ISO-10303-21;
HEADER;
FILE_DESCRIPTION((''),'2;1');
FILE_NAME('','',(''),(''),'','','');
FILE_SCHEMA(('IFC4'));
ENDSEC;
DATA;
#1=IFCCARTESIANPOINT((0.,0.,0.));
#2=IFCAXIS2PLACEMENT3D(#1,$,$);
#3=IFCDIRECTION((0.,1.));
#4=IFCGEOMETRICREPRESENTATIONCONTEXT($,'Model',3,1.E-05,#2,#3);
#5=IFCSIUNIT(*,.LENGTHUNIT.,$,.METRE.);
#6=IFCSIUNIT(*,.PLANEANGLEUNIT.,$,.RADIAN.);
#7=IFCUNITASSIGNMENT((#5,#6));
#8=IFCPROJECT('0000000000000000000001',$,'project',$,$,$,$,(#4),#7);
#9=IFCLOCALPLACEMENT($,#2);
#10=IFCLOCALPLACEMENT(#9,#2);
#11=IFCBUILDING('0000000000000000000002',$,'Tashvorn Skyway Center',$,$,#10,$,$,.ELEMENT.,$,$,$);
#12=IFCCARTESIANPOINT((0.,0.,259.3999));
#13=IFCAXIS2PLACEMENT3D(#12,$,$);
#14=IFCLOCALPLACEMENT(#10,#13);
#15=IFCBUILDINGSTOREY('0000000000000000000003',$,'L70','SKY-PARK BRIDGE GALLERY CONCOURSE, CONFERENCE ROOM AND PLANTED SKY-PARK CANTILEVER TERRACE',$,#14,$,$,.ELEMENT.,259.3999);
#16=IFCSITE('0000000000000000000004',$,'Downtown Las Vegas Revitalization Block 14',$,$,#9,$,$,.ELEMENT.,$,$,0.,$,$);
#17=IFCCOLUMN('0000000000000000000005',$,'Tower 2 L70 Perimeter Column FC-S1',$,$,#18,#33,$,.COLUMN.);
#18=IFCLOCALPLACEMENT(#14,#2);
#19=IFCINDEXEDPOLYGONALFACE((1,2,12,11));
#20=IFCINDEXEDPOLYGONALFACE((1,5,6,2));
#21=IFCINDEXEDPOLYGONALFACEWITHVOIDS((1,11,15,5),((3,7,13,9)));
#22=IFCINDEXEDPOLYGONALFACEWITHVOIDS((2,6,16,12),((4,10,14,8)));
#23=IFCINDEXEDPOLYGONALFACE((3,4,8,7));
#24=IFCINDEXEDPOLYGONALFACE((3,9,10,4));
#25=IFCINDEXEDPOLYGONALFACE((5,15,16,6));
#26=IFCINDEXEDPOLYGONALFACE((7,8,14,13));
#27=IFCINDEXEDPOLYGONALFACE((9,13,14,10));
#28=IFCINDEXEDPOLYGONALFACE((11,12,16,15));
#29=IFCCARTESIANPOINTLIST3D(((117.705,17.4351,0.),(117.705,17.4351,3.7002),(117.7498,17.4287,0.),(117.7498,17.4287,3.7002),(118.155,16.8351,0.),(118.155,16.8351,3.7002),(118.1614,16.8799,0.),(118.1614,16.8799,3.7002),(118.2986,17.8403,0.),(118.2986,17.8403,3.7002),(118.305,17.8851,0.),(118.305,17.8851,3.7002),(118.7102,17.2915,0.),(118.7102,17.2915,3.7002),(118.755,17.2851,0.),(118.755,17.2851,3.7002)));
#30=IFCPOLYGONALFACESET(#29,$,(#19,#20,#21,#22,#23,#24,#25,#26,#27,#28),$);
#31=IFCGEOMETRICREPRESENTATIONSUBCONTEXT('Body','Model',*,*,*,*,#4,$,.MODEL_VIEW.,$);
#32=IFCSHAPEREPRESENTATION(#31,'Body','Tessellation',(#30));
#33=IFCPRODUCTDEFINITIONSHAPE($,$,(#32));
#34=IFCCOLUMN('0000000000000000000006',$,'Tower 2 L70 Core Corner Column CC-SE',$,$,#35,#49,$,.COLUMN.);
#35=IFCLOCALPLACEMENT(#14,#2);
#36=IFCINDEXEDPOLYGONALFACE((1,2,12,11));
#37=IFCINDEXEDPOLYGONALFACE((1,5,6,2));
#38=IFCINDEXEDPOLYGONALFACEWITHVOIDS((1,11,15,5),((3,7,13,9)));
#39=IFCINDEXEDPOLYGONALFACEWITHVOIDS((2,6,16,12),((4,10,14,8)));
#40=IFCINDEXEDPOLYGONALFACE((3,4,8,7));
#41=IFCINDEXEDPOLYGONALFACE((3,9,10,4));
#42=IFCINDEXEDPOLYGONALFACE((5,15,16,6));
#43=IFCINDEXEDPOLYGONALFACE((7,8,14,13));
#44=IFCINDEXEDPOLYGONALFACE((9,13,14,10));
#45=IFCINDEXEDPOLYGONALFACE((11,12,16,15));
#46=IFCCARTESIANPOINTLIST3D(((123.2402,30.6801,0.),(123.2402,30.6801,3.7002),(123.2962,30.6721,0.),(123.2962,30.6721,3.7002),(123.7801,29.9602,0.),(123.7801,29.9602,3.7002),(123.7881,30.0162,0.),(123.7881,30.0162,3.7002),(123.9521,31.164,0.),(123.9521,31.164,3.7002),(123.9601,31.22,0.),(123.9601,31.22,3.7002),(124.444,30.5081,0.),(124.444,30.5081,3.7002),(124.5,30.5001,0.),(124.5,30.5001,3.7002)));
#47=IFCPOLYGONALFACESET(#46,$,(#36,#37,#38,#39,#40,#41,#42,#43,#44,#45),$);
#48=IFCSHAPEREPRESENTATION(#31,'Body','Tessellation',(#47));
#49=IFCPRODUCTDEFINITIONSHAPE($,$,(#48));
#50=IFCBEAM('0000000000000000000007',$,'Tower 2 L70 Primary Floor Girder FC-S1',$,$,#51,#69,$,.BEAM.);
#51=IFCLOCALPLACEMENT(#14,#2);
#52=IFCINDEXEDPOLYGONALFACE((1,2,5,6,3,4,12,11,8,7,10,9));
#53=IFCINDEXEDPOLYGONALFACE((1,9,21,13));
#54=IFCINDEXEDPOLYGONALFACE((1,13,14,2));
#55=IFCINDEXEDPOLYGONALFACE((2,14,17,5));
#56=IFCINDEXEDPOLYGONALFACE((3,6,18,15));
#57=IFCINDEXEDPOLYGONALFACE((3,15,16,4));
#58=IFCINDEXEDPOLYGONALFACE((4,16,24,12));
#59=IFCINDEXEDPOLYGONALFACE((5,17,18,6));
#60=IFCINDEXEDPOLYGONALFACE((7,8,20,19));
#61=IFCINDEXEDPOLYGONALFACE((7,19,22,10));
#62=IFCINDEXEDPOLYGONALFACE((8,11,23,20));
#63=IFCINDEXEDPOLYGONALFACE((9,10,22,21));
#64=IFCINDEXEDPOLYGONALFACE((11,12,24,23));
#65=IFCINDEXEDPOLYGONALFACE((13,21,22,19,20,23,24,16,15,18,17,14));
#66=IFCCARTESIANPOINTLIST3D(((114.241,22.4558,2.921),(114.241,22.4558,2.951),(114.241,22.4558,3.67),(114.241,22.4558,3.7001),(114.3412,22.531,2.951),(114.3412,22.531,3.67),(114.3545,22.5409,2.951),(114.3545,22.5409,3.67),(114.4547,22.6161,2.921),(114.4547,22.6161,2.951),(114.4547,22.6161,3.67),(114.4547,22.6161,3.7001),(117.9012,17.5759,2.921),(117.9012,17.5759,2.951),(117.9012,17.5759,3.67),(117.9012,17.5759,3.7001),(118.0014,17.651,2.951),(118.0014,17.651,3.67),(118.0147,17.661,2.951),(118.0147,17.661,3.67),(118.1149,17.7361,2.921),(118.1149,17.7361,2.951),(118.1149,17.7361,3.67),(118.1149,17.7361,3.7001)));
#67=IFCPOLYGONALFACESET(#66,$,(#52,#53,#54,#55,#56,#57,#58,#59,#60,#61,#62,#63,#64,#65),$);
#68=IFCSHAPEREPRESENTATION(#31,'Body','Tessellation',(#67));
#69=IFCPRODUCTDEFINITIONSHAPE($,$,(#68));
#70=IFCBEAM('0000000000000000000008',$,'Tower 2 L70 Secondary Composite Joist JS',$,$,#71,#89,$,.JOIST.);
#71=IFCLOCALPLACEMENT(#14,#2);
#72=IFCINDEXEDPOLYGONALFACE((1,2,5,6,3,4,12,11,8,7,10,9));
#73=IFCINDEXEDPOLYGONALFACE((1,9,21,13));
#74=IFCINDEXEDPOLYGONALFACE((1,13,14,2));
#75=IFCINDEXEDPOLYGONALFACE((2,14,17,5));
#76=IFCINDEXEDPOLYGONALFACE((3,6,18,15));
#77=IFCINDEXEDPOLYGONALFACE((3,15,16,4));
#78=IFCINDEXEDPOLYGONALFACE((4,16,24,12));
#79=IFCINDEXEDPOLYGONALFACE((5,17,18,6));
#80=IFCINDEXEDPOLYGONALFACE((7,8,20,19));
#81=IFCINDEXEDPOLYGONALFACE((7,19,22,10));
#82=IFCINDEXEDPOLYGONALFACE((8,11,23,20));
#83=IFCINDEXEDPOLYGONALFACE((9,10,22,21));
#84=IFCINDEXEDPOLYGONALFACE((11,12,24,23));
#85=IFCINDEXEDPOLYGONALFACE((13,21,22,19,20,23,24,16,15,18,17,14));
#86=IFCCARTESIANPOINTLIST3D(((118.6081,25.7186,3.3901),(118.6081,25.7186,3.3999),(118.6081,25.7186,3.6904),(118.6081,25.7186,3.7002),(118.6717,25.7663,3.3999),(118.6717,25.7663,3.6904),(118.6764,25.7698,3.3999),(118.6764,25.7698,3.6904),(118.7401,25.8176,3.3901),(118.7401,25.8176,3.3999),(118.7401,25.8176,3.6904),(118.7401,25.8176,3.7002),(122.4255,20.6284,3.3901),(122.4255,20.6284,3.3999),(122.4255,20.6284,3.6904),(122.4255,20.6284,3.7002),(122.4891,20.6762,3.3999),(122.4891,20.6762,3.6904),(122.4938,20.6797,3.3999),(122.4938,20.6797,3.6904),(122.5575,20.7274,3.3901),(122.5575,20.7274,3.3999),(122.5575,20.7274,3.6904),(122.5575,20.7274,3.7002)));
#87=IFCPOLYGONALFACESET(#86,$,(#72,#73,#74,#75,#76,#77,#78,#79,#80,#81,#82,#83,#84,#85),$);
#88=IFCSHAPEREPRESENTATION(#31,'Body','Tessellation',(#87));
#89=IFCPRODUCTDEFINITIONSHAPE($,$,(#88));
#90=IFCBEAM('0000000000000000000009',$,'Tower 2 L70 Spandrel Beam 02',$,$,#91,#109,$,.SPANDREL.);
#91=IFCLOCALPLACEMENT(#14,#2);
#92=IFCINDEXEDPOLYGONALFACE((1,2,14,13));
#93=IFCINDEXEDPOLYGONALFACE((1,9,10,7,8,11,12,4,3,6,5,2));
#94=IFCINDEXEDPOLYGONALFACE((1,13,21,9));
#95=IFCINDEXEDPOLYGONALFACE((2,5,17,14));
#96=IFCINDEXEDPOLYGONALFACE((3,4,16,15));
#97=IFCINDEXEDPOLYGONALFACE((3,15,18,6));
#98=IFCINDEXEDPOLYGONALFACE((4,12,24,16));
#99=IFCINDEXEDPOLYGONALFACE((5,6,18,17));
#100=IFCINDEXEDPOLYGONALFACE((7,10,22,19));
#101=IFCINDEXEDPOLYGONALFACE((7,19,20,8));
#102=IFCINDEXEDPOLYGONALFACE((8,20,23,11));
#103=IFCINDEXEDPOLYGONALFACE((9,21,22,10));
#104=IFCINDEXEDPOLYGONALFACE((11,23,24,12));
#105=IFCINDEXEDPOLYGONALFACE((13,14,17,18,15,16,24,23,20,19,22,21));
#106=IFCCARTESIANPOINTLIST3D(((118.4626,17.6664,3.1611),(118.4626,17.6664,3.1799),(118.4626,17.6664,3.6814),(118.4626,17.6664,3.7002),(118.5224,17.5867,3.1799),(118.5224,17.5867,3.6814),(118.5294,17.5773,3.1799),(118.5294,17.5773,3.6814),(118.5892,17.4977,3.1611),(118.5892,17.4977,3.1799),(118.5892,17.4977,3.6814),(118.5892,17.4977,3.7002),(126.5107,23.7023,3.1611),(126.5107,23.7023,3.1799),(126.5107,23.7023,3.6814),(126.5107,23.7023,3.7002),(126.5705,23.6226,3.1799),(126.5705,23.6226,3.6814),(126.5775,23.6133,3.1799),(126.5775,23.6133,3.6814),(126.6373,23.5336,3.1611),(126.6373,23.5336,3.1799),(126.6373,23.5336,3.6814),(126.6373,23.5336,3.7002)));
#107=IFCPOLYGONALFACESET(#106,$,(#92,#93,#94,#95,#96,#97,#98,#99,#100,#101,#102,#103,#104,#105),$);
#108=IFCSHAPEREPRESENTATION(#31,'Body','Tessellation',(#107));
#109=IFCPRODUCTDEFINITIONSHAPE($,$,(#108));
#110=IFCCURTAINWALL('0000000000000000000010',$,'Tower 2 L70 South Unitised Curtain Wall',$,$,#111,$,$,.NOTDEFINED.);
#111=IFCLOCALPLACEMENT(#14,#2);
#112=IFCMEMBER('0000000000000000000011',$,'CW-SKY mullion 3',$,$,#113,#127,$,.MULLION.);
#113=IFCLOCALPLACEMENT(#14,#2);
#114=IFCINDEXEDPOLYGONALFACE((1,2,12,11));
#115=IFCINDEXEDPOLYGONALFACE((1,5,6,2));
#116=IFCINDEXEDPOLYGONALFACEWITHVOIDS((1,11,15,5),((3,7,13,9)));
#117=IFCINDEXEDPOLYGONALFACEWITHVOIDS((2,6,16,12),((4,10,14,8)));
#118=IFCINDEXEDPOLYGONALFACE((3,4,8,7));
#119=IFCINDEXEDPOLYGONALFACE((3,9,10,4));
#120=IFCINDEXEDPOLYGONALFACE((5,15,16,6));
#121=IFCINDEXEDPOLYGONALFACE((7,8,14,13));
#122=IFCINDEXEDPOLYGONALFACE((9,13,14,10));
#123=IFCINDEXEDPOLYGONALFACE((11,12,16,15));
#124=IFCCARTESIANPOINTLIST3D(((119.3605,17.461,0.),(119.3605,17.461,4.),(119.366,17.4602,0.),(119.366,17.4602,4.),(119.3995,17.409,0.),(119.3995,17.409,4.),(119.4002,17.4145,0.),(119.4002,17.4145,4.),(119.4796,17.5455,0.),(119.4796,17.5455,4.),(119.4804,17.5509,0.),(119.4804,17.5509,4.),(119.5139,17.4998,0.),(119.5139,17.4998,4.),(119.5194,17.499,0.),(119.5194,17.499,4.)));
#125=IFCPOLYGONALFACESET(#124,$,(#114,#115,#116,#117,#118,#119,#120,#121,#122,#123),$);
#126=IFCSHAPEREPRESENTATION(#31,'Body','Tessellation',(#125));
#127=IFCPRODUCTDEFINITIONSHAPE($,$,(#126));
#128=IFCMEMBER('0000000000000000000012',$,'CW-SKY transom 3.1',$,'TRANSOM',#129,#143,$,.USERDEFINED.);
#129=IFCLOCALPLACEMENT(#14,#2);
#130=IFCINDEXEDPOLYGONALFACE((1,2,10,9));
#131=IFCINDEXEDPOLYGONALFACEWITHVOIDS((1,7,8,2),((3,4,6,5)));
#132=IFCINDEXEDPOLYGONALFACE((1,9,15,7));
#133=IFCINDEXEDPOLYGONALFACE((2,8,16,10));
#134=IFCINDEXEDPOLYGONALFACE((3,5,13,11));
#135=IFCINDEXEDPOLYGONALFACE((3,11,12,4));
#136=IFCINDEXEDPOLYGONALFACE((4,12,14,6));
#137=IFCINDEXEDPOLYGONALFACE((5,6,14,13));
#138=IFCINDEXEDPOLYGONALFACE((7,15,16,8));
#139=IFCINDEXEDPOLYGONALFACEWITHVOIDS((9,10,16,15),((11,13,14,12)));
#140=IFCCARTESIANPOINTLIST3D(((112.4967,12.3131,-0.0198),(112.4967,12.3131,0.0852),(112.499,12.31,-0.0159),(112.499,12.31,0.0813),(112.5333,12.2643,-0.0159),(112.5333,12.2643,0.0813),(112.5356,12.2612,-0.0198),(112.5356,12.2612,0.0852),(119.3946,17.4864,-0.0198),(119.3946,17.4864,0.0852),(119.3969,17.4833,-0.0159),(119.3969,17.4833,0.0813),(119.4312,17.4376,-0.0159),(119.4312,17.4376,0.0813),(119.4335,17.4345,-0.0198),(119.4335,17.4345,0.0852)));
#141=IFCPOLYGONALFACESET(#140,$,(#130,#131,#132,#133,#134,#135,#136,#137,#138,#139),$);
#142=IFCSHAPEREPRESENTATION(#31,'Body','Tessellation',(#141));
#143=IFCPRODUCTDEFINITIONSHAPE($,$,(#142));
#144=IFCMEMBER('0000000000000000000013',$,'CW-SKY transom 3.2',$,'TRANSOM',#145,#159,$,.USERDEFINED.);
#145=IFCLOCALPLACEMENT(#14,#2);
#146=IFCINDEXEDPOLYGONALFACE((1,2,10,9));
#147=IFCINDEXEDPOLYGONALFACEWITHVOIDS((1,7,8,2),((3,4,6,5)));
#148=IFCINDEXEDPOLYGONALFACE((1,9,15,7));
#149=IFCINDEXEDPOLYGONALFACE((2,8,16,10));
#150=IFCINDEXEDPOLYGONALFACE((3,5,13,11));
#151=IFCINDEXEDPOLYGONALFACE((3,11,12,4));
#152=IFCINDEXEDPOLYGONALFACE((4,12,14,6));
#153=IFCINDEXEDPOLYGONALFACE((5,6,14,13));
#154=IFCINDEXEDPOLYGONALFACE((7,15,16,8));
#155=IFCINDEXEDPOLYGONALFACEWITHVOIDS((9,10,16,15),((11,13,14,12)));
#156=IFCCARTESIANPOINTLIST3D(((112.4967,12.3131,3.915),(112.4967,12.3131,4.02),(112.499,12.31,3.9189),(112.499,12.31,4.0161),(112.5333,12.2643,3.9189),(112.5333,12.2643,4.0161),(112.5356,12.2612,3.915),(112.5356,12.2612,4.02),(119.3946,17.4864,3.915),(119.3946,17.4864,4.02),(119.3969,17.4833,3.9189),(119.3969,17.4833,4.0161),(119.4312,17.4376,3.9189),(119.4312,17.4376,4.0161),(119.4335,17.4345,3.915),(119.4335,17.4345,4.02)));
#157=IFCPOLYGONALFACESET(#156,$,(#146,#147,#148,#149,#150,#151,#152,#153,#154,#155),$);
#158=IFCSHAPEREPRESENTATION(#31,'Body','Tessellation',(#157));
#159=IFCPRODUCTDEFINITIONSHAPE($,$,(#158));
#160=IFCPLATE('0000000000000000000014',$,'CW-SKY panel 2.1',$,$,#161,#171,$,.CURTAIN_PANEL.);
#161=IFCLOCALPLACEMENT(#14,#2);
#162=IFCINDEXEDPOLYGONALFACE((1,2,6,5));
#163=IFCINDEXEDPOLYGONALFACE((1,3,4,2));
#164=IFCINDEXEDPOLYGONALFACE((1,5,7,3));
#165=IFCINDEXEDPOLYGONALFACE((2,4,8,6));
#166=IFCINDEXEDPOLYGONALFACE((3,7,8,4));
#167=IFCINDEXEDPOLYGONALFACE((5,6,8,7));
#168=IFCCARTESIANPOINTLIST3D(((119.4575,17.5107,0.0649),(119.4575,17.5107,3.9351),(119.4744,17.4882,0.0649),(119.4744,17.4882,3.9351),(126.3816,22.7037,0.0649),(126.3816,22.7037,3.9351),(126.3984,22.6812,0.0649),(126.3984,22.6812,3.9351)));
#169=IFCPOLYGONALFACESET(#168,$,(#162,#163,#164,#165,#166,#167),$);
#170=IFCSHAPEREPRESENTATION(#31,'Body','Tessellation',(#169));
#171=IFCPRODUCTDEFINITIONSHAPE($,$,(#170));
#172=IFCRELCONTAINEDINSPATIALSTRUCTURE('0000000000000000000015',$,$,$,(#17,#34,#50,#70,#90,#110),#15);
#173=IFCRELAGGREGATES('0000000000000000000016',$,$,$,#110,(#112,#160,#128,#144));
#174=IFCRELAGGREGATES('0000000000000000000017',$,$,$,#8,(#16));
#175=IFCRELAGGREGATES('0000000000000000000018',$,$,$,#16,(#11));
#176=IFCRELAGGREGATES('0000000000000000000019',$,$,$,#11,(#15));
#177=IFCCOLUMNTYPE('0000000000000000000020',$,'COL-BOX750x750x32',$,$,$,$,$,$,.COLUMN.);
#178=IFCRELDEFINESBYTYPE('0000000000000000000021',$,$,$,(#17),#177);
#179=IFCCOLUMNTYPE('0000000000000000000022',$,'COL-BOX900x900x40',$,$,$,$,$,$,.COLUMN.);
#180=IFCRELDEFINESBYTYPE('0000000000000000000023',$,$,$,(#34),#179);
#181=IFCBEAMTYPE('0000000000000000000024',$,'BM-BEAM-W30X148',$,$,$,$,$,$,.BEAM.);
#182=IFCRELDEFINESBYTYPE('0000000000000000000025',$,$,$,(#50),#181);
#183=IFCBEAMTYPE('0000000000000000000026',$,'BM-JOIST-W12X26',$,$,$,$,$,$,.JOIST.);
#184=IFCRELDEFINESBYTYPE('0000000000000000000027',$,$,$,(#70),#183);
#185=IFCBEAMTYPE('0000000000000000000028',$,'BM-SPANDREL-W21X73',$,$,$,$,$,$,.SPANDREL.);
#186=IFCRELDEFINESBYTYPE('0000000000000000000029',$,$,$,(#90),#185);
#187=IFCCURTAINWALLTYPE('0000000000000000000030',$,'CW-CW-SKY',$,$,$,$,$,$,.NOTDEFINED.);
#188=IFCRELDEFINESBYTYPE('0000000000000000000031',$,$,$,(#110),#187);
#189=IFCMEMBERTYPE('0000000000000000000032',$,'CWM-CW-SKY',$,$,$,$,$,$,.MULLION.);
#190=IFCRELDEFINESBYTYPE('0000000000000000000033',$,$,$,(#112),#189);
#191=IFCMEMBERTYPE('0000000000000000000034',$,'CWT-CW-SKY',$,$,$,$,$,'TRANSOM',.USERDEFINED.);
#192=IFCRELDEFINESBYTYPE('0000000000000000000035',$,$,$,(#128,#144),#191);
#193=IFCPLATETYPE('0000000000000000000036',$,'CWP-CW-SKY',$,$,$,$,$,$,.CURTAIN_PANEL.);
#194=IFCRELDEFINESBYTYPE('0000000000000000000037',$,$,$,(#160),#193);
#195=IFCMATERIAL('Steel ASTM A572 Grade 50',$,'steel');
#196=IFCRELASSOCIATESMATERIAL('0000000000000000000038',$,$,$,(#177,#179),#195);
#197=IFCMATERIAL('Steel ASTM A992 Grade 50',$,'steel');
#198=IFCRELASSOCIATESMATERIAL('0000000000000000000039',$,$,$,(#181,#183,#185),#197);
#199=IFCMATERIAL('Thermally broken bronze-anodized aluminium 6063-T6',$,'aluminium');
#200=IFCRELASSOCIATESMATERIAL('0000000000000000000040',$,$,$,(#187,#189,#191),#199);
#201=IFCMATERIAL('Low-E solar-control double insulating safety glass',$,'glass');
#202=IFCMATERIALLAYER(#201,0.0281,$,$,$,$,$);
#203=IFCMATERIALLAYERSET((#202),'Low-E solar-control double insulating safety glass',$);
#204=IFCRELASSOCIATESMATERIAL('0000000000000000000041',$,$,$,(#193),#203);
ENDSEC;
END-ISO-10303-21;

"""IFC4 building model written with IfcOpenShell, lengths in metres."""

from ifc_helpers import new_model, si_unit, direction, frame, origin, origin_2d, place, context, subcontext, project, spatial, rectangle, hollow_rectangle, i_section, extrude, material, layer, layer_set, material_profile, profile_set, type_object, element, aggregate, save


model = new_model("IFC4")

# Units and contexts
model_context = context("Model", 3, precision=1e-05, world=origin(), true_north=direction((0.0, 1.0)))
body_context = subcontext(model_context, "Body", "Model", "MODEL_VIEW")
ifc_project = project(units=[si_unit("LENGTHUNIT", "METRE"), si_unit("PLANEANGLEUNIT", "RADIAN")], contexts=[model_context])

# Site, building, storey
site_placement = place(None, origin())
site = spatial("IfcSite", under=ifc_project, at=site_placement, Name="Downtown Las Vegas Revitalization Block 14", CompositionType="ELEMENT", RefElevation=0.0)
building_placement = place(site_placement, origin())
building = spatial("IfcBuilding", under=site, at=building_placement, Name="Tashvorn Skyway Center", CompositionType="ELEMENT")
storey_placement = place(building_placement, frame((0.0, 0.0, 259.3999)))
storey = spatial("IfcBuildingStorey", under=building, at=storey_placement, Name="L70", Description="SKY-PARK BRIDGE GALLERY CONCOURSE, CONFERENCE ROOM AND PLANTED SKY-PARK CANTILEVER TERRACE", CompositionType="ELEMENT", Elevation=259.3999)

# Columns
ifc_material_1 = material(Name="Steel ASTM A572 Grade 50", Category="steel")
ifc_material_profile_1 = material_profile(ifc_material_1, hollow_rectangle(XDim=0.75, YDim=0.75, WallThickness=0.032, at=origin_2d()), Name="BOX750x750x32")
ifc_profile_set_1 = profile_set([ifc_material_profile_1], Name="Steel ASTM A572 Grade 50")
column_type_1 = type_object("IfcColumnType", Name="COL-BOX750x750x32", PredefinedType="COLUMN", material=ifc_profile_set_1)
column_1_placement = place(storey_placement, frame((118.23, 17.3601, 0.0), z_axis=(0.0, 0.0, 1.0), x_axis=(0.8, 0.6, 0.0)))
element("IfcColumn", 1, at=column_1_placement, inside=storey, type_object=column_type_1, Name="Tower 2 L70 Perimeter Column FC-S1", PredefinedType="COLUMN", context=body_context, shape_type="SweptSolid", body=[
    extrude(hollow_rectangle(XDim=0.75, YDim=0.75, WallThickness=0.032, at=origin_2d()), origin(), (0.0, 0.0, 1.0), 3.7002),
])
ifc_material_profile_2 = material_profile(ifc_material_1, hollow_rectangle(XDim=0.8999, YDim=0.8999, WallThickness=0.04, at=origin_2d()), Name="BOX900x900x40")
ifc_profile_set_2 = profile_set([ifc_material_profile_2], Name="Steel ASTM A572 Grade 50")
column_type_2 = type_object("IfcColumnType", Name="COL-BOX900x900x40", PredefinedType="COLUMN", material=ifc_profile_set_2)
column_2_placement = place(storey_placement, frame((123.8701, 30.5901, 0.0), z_axis=(0.0, 0.0, 1.0), x_axis=(0.8, 0.6, 0.0)))
element("IfcColumn", 2, at=column_2_placement, inside=storey, type_object=column_type_2, Name="Tower 2 L70 Core Corner Column CC-SE", PredefinedType="COLUMN", context=body_context, shape_type="SweptSolid", body=[
    extrude(hollow_rectangle(XDim=0.8999, YDim=0.8999, WallThickness=0.04, at=origin_2d()), origin(), (0.0, 0.0, 1.0), 3.7002),
])

# Beams
ifc_material_2 = material(Name="Steel ASTM A992 Grade 50", Category="steel")
ifc_material_profile_3 = material_profile(ifc_material_2, i_section(OverallWidth=0.2671, OverallDepth=0.7791, WebThickness=0.0166, FlangeThickness=0.03, at=origin_2d()), Name="W30X148")
ifc_profile_set_3 = profile_set([ifc_material_profile_3], Name="Steel ASTM A992 Grade 50")
beam_type_1 = type_object("IfcBeamType", Name="BM-BEAM-W30X148", PredefinedType="BEAM", material=ifc_profile_set_3)
beam_1_placement = place(storey_placement, frame((118.0081, 17.656, 3.3105), z_axis=(-0.600026, 0.799981, 0.0), x_axis=(-0.799981, -0.600026, 0.0)))
element("IfcBeam", 3, at=beam_1_placement, inside=storey, type_object=beam_type_1, Name="Tower 2 L70 Primary Floor Girder FC-S1", PredefinedType="BEAM", context=body_context, shape_type="SweptSolid", body=[
    extrude(i_section(OverallWidth=0.2671, OverallDepth=0.7791, WebThickness=0.0166, FlangeThickness=0.03, at=origin_2d()), origin(), (0.0, 0.0, 1.0), 6.1001),
])
ifc_material_profile_4 = material_profile(ifc_material_2, i_section(OverallWidth=0.165, OverallDepth=0.3101, WebThickness=0.0059, FlangeThickness=0.0098, at=origin_2d()), Name="W12X26")
ifc_profile_set_4 = profile_set([ifc_material_profile_4], Name="Steel ASTM A992 Grade 50")
beam_type_2 = type_object("IfcBeamType", Name="BM-JOIST-W12X26", PredefinedType="JOIST", material=ifc_profile_set_4)
beam_2_placement = place(storey_placement, frame((118.6741, 25.7681, 3.5452), z_axis=(0.599982, -0.800014, 0.0), x_axis=(0.800014, 0.599982, 0.0)))
element("IfcBeam", 4, at=beam_2_placement, inside=storey, type_object=beam_type_2, Name="Tower 2 L70 Secondary Composite Joist JS", PredefinedType="JOIST", context=body_context, shape_type="SweptSolid", body=[
    extrude(i_section(OverallWidth=0.165, OverallDepth=0.3101, WebThickness=0.0059, FlangeThickness=0.0098, at=origin_2d()), origin(), (0.0, 0.0, 1.0), 6.3625),
])
ifc_material_profile_5 = material_profile(ifc_material_2, i_section(OverallWidth=0.2109, OverallDepth=0.5391, WebThickness=0.0117, FlangeThickness=0.0188, at=origin_2d()), Name="W21X73")
ifc_profile_set_5 = profile_set([ifc_material_profile_5], Name="Steel ASTM A992 Grade 50")
beam_type_3 = type_object("IfcBeamType", Name="BM-SPANDREL-W21X73", PredefinedType="SPANDREL", material=ifc_profile_set_5)
beam_3_placement = place(storey_placement, frame((118.5259, 17.582, 3.4307), z_axis=(0.800009, 0.599988, 0.0), x_axis=(-0.599988, 0.800009, 0.0)))
element("IfcBeam", 5, at=beam_3_placement, inside=storey, type_object=beam_type_3, Name="Tower 2 L70 Spandrel Beam 02", PredefinedType="SPANDREL", context=body_context, shape_type="SweptSolid", body=[
    extrude(i_section(OverallWidth=0.2109, OverallDepth=0.5391, WebThickness=0.0117, FlangeThickness=0.0188, at=origin_2d()), origin(), (0.0, 0.0, 1.0), 10.0601),
])

# Curtain wall, members, plate
ifc_material_3 = material(Name="Thermally broken bronze-anodized aluminium 6063-T6", Category="aluminium")
curtain_wall_type = type_object("IfcCurtainWallType", Name="CW-CW-SKY", PredefinedType="NOTDEFINED", material=ifc_material_3)
curtain_wall_placement = place(storey_placement, origin())
curtain_wall = element("IfcCurtainWall", 6, at=curtain_wall_placement, inside=storey, type_object=curtain_wall_type, Name="Tower 2 L70 South Unitised Curtain Wall", PredefinedType="NOTDEFINED")
ifc_material_profile_6 = material_profile(ifc_material_3, hollow_rectangle(XDim=0.0649, YDim=0.1499, WallThickness=0.0039, at=origin_2d()), Name="ALU-MULL-65x150")
ifc_profile_set_6 = profile_set([ifc_material_profile_6], Name="Thermally broken bronze-anodized aluminium 6063-T6")
member_type_1 = type_object("IfcMemberType", Name="CWM-CW-SKY", PredefinedType="MULLION", material=ifc_profile_set_6)
member_1_placement = place(storey_placement, frame((119.4399, 17.48, 0.0), z_axis=(0.0, 0.0, 1.0), x_axis=(0.6, -0.8, 0.0)))
member_1 = element("IfcMember", 7, at=member_1_placement, type_object=member_type_1, Name="CW-SKY mullion 3", PredefinedType="MULLION", context=body_context, shape_type="SweptSolid", body=[
    extrude(hollow_rectangle(XDim=0.0649, YDim=0.1499, WallThickness=0.0039, at=origin_2d()), origin(), (0.0, 0.0, 1.0), 4.0),
])
ifc_material_profile_7 = material_profile(ifc_material_3, hollow_rectangle(XDim=0.0649, YDim=0.105, WallThickness=0.0039, at=origin_2d()), Name="ALU-TRAN-65x105")
ifc_profile_set_7 = profile_set([ifc_material_profile_7], Name="Thermally broken bronze-anodized aluminium 6063-T6")
member_type_2 = type_object("IfcMemberType", Name="CWT-CW-SKY", ElementType="TRANSOM", PredefinedType="USERDEFINED", material=ifc_profile_set_7)
member_2_placement = place(storey_placement, frame((119.4141, 17.4604, 0.0327), z_axis=(-0.800007, -0.599991, 0.0), x_axis=(0.599991, -0.800007, 0.0)))
member_2 = element("IfcMember", 8, at=member_2_placement, type_object=member_type_2, Name="CW-SKY transom 3.1", ObjectType="TRANSOM", PredefinedType="USERDEFINED", context=body_context, shape_type="SweptSolid", body=[
    extrude(hollow_rectangle(XDim=0.0649, YDim=0.105, WallThickness=0.0039, at=origin_2d()), origin(), (0.0, 0.0, 1.0), 8.6223),
])
member_3_placement = place(storey_placement, frame((119.4141, 17.4604, 3.9675), z_axis=(-0.800007, -0.599991, 0.0), x_axis=(0.599991, -0.800007, 0.0)))
member_3 = element("IfcMember", 9, at=member_3_placement, type_object=member_type_2, Name="CW-SKY transom 3.2", ObjectType="TRANSOM", PredefinedType="USERDEFINED", context=body_context, shape_type="SweptSolid", body=[
    extrude(hollow_rectangle(XDim=0.0649, YDim=0.105, WallThickness=0.0039, at=origin_2d()), origin(), (0.0, 0.0, 1.0), 8.6223),
])
ifc_material_4 = material(Name="Low-E solar-control double insulating safety glass", Category="glass")
ifc_layer_1 = layer(ifc_material_4, 0.0281)
ifc_layer_set_1 = layer_set([ifc_layer_1], Name="Low-E solar-control double insulating safety glass")
plate_type = type_object("IfcPlateType", Name="CWP-CW-SKY", PredefinedType="CURTAIN_PANEL", material=ifc_layer_set_1)
plate_1_placement = place(storey_placement, frame((122.928, 20.0959, 0.0649), z_axis=(0.0, 0.0, 1.0), x_axis=(-0.8, -0.6, 0.0)))
plate_1 = element("IfcPlate", 10, at=plate_1_placement, type_object=plate_type, Name="CW-SKY panel 2.1", PredefinedType="CURTAIN_PANEL", context=body_context, shape_type="SweptSolid", body=[
    extrude(rectangle(XDim=8.655, YDim=0.0281, at=origin_2d()), origin(), (0.0, 0.0, 1.0), 3.8701),
])
aggregate(curtain_wall, [member_1, plate_1, member_2, member_3])

save(model, "model.ifc")
